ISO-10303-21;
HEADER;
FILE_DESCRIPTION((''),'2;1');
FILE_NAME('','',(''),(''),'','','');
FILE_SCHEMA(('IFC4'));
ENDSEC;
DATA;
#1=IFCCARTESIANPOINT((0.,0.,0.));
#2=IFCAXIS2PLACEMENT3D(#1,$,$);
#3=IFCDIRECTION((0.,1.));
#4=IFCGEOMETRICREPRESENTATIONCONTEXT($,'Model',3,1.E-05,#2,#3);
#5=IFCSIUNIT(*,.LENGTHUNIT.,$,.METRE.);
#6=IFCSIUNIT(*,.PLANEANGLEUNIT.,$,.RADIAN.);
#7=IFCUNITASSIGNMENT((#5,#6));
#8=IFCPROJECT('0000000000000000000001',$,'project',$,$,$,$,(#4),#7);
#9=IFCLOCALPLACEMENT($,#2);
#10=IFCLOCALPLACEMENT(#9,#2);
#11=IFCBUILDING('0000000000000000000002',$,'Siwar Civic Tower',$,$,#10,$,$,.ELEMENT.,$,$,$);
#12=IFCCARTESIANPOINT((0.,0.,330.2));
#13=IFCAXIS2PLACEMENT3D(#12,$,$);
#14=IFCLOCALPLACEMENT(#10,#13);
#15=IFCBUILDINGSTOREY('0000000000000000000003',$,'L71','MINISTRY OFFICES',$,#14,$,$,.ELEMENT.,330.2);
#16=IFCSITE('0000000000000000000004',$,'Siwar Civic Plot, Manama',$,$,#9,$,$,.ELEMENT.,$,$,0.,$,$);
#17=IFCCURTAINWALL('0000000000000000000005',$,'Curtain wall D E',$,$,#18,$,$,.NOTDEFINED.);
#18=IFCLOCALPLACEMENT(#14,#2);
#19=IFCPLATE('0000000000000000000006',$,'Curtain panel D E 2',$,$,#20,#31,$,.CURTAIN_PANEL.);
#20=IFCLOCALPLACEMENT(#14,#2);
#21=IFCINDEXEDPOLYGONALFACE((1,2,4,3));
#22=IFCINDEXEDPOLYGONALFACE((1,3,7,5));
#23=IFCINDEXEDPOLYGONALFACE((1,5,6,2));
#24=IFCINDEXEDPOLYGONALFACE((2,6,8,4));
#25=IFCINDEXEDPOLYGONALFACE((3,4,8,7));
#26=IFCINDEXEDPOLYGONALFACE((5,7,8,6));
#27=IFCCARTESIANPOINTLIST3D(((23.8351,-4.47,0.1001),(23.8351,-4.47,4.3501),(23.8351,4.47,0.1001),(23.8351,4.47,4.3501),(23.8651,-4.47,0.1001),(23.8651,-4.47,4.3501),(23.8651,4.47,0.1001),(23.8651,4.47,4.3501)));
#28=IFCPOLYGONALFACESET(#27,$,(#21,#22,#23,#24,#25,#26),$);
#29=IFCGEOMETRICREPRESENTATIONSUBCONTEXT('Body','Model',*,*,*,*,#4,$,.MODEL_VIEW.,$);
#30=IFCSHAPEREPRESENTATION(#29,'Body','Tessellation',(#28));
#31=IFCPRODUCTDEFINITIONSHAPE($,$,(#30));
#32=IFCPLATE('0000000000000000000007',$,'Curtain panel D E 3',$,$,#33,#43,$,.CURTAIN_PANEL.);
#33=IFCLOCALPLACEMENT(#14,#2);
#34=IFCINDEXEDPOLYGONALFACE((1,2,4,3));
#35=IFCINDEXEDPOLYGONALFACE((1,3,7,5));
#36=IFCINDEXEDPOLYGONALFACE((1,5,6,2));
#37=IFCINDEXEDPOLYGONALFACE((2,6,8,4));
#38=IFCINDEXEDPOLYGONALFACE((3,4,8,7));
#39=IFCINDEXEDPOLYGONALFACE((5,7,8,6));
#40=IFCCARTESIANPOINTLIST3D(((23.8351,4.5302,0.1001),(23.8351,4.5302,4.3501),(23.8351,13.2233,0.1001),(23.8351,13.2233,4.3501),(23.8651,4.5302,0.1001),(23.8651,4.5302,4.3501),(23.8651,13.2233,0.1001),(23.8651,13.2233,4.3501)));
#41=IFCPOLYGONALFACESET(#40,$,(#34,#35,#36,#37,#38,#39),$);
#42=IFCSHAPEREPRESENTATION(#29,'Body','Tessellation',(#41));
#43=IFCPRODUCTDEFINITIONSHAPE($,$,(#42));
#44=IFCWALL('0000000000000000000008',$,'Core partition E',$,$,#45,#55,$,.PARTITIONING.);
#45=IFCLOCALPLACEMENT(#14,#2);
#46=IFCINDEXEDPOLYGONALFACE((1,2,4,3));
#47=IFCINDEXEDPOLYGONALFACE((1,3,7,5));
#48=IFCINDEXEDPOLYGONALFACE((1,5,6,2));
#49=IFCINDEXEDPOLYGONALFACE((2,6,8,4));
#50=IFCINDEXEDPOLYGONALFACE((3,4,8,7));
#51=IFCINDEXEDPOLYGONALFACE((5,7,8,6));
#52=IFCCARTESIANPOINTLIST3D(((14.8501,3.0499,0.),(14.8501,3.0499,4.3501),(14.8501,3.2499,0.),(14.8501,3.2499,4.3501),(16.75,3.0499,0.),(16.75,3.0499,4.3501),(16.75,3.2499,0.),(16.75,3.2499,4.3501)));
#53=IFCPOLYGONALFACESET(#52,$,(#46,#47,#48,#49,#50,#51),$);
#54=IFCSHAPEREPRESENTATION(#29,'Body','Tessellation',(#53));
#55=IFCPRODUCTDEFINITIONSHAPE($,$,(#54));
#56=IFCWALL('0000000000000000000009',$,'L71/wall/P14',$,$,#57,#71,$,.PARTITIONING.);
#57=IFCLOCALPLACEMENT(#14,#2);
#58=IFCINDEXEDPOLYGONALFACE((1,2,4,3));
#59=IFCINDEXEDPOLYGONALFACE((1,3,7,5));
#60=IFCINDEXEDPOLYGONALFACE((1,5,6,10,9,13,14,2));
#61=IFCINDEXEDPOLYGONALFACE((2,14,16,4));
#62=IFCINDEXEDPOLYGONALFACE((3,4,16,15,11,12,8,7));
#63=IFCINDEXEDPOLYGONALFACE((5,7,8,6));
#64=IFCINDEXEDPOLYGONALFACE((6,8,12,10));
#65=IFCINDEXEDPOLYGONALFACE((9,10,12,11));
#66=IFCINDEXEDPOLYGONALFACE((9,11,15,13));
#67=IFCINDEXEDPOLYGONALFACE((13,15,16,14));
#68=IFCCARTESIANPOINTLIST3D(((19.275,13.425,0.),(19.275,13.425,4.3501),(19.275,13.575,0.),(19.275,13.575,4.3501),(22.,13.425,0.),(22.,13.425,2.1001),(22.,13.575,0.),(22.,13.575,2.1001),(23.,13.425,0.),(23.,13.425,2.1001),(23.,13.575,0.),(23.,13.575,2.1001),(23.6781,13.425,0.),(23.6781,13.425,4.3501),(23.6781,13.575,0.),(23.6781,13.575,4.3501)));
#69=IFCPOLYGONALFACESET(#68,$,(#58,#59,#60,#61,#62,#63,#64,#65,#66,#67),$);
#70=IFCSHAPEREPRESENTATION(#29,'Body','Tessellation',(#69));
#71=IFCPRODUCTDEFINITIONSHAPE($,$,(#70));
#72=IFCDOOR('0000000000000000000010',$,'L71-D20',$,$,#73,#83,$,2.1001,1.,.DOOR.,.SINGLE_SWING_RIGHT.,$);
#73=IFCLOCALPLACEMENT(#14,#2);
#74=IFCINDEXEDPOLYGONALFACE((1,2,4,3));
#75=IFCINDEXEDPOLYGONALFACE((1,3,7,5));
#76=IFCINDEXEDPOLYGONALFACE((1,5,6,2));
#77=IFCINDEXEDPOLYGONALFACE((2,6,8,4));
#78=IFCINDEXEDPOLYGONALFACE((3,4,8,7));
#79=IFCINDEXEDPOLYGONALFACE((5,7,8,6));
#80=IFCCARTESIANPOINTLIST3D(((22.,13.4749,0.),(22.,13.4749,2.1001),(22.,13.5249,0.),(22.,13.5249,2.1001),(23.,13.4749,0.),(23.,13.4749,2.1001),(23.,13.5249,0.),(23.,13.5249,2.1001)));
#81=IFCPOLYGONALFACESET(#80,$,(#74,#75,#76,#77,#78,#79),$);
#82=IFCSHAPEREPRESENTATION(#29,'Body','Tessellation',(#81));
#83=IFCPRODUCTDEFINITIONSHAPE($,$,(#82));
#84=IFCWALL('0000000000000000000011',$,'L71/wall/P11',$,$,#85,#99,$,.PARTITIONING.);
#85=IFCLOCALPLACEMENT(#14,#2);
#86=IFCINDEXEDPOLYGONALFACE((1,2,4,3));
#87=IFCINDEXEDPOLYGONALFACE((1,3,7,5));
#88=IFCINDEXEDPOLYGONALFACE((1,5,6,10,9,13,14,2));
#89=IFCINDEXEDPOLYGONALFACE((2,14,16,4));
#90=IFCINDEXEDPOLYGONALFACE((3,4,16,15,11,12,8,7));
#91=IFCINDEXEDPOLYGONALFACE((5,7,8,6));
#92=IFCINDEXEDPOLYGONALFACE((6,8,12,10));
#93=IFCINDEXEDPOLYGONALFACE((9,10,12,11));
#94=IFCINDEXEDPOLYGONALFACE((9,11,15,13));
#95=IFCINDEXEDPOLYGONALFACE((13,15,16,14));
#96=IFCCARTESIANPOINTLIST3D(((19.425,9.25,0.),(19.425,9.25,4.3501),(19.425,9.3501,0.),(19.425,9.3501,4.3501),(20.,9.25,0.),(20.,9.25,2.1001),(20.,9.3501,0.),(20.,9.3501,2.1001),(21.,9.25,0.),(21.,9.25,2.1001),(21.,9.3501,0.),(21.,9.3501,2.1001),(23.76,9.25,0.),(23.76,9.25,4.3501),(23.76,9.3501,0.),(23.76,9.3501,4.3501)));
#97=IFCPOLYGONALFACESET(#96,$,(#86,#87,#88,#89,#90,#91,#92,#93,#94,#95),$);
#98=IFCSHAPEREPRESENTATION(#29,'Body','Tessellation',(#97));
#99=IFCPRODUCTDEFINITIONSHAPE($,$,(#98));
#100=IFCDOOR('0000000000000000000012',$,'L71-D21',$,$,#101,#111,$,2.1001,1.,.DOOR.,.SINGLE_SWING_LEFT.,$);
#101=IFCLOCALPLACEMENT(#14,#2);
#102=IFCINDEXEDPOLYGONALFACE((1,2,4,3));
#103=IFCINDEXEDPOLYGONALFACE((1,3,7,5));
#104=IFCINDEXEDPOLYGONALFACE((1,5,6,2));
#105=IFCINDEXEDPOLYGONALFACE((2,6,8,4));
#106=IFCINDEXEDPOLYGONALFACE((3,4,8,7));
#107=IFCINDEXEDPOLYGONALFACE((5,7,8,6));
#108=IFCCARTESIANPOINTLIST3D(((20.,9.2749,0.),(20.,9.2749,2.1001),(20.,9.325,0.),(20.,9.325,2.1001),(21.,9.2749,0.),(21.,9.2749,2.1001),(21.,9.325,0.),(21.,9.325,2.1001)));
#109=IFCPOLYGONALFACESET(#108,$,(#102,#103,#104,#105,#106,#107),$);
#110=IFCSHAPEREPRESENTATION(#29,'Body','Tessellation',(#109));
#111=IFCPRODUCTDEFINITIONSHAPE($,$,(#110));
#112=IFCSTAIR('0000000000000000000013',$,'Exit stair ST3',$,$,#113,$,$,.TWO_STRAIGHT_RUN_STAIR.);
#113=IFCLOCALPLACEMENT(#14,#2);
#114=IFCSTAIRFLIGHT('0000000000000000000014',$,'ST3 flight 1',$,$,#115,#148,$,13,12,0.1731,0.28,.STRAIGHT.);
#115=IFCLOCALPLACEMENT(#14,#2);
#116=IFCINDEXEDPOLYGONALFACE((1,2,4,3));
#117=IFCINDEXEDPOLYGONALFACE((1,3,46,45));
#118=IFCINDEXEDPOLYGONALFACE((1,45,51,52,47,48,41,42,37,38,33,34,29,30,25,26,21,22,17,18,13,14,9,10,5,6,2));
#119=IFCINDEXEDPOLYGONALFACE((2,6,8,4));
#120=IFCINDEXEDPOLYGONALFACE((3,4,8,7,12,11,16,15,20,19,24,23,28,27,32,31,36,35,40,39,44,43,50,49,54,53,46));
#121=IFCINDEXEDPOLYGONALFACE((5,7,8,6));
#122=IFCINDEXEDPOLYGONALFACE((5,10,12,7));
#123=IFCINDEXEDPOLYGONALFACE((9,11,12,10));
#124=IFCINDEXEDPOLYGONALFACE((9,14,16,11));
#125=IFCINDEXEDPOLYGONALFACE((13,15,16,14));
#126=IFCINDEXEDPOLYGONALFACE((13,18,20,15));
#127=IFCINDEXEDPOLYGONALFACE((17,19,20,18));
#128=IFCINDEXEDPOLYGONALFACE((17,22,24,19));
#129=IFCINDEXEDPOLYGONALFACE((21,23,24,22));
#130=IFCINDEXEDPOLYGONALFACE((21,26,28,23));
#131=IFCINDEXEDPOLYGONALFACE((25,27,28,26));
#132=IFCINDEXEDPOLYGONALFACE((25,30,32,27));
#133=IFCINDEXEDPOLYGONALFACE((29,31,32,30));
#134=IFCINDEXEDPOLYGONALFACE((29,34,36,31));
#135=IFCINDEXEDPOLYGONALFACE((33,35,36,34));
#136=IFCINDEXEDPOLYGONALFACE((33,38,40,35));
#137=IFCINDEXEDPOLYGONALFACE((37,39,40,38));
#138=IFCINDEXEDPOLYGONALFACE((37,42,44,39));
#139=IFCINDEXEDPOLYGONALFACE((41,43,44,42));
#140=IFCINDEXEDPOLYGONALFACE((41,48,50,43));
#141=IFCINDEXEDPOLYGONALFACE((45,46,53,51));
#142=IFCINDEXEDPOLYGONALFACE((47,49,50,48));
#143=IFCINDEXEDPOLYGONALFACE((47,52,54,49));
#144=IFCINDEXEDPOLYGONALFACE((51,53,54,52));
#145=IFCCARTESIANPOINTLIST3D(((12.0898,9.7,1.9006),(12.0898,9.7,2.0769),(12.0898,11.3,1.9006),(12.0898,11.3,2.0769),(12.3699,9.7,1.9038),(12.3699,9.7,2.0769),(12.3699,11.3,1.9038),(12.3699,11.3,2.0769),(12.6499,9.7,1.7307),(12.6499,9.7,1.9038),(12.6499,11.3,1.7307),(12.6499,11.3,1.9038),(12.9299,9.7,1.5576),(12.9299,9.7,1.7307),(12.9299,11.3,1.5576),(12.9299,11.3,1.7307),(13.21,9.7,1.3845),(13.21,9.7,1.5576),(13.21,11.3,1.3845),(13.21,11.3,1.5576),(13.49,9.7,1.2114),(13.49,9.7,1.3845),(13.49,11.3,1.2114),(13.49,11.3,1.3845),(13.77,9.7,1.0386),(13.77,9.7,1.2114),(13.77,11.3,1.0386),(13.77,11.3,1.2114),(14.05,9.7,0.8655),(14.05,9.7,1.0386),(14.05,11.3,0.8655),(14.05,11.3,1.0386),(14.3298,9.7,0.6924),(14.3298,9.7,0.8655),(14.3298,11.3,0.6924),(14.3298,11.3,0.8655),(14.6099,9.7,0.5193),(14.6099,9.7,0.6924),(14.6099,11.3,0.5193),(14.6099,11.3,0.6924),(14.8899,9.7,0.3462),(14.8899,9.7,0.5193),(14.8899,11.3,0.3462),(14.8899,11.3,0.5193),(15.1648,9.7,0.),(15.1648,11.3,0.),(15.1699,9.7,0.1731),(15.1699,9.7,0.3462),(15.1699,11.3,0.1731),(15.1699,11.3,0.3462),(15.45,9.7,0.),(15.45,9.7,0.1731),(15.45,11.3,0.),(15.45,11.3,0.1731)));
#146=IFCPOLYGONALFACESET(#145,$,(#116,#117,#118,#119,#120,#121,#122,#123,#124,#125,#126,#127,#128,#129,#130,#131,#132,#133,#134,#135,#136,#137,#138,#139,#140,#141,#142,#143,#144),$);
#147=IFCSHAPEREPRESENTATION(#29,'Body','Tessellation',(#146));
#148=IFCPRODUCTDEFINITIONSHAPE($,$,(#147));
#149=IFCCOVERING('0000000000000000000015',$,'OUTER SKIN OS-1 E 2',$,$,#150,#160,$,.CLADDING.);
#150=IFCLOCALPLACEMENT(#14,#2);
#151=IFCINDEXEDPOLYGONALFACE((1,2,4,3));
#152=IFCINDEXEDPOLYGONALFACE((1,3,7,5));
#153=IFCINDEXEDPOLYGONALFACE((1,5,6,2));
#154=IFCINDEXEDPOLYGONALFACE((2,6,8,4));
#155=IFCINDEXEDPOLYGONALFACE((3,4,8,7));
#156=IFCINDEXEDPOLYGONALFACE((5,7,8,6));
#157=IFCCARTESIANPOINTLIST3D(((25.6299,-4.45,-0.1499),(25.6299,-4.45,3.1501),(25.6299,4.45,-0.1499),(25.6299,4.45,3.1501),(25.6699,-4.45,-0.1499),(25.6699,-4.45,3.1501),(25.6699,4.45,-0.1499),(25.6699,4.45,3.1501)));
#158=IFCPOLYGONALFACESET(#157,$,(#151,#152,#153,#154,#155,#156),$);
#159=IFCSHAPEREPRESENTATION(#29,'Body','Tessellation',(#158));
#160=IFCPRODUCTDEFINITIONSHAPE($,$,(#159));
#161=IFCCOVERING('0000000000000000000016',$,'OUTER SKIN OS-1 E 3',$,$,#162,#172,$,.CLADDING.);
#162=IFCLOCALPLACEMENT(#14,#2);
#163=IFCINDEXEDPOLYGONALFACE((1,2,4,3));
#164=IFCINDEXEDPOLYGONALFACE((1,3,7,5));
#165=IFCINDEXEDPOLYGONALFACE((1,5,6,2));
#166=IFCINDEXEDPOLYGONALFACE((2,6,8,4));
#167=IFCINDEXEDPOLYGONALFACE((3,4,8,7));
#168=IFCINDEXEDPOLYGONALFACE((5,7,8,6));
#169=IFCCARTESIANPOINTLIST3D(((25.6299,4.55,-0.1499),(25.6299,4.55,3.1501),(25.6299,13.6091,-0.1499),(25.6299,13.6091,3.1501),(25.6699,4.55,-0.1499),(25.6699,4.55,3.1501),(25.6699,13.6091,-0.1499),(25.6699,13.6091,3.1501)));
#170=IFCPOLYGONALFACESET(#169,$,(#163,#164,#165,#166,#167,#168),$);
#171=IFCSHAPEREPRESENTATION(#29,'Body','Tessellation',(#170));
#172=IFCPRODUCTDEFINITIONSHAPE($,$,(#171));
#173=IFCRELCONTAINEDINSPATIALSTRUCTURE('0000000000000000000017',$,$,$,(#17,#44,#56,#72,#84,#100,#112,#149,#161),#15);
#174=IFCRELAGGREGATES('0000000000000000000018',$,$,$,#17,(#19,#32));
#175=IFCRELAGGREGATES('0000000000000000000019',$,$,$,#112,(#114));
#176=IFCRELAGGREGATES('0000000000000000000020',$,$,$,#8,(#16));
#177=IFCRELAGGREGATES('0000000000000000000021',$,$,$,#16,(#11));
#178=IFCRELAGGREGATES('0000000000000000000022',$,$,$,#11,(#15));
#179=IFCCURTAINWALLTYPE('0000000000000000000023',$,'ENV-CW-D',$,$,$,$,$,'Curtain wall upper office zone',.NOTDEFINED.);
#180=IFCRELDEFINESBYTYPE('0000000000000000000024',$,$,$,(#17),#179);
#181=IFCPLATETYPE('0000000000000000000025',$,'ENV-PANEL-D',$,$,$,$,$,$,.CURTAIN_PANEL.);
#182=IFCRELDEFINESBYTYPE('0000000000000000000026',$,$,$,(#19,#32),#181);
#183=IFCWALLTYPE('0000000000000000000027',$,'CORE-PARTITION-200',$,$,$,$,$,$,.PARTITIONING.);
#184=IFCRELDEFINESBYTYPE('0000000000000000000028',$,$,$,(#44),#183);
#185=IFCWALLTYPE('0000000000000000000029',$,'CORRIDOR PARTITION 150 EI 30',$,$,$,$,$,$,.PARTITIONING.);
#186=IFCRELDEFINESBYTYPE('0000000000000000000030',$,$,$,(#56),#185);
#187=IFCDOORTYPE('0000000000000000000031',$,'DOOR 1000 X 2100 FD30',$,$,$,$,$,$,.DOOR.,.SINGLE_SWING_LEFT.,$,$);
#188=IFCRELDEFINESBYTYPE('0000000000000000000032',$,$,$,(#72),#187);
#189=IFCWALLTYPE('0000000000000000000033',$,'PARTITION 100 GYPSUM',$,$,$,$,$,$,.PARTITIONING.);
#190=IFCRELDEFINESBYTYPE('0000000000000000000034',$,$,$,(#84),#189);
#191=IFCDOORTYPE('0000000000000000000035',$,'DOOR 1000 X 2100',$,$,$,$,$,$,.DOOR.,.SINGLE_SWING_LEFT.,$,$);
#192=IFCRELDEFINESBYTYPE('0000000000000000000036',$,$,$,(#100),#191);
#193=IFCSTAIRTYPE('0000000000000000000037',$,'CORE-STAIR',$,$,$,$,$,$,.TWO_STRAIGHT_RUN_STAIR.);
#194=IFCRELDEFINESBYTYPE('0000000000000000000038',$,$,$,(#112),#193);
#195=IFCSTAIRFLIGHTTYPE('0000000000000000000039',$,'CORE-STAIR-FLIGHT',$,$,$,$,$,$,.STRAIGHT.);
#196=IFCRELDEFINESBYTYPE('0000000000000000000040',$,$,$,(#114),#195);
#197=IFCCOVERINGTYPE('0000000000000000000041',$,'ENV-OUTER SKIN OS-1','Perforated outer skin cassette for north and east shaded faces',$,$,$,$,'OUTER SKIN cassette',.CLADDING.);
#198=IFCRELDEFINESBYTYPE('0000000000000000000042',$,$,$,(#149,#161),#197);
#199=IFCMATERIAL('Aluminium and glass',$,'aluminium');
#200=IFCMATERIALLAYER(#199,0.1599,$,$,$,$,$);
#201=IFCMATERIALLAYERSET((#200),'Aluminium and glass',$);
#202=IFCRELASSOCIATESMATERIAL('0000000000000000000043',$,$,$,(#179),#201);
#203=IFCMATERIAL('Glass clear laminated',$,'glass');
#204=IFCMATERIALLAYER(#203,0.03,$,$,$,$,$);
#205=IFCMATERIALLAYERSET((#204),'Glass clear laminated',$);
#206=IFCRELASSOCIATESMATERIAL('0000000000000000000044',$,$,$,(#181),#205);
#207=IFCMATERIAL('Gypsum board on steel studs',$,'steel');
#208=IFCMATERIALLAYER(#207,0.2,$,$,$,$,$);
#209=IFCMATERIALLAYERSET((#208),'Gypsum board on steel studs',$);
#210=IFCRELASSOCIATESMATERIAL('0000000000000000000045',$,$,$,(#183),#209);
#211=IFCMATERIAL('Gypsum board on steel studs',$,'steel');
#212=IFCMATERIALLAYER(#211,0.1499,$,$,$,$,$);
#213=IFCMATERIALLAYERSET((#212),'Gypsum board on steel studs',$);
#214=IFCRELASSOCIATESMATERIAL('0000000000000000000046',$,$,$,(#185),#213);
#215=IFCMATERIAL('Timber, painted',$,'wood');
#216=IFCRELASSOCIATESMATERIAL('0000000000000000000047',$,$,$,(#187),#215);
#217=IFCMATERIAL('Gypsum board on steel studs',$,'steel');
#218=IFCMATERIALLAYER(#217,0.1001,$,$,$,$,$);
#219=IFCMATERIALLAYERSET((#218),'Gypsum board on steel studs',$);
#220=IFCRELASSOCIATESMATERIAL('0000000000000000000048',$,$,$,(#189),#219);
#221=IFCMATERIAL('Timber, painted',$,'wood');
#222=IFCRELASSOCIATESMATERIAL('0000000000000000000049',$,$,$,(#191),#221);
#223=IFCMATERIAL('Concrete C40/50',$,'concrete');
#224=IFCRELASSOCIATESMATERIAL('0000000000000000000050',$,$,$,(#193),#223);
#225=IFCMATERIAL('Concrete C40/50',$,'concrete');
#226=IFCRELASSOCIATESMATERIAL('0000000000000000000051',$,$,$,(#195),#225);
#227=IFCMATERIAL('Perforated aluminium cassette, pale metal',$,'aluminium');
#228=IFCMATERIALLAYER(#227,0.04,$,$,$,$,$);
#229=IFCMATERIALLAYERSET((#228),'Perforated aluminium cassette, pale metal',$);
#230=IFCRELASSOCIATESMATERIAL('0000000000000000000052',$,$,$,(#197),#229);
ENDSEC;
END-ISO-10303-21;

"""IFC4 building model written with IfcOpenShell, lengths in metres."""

from ifc_helpers import new_model, si_unit, direction, frame, frame_2d, origin, origin_2d, place, context, subcontext, project, spatial, polyline, rectangle, outline, extrude, material, layer, layer_set, type_object, element, fill, aggregate, save


model = new_model("IFC4")

# Units and contexts
model_context = context("Model", 3, precision=1e-05, world=origin(), true_north=direction((0.0, 1.0)))
body_context = subcontext(model_context, "Body", "Model", "MODEL_VIEW")
ifc_project = project(units=[si_unit("LENGTHUNIT", "METRE"), si_unit("PLANEANGLEUNIT", "RADIAN")], contexts=[model_context])

# Site, building, storey
site_placement = place(None, origin())
site = spatial("IfcSite", under=ifc_project, at=site_placement, Name="Siwar Civic Plot, Manama", CompositionType="ELEMENT", RefElevation=0.0)
building_placement = place(site_placement, origin())
building = spatial("IfcBuilding", under=site, at=building_placement, Name="Siwar Civic Tower", CompositionType="ELEMENT")
storey_placement = place(building_placement, frame((0.0, 0.0, 330.2)))
storey = spatial("IfcBuildingStorey", under=building, at=storey_placement, Name="L71", Description="MINISTRY OFFICES", CompositionType="ELEMENT", Elevation=330.2)

# Curtain wall
ifc_material_1 = material(Name="Aluminium and glass", Category="aluminium")
ifc_layer_1 = layer(ifc_material_1, 0.1599)
ifc_layer_set_1 = layer_set([ifc_layer_1], Name="Aluminium and glass")
curtain_wall_type_1 = type_object("IfcCurtainWallType", Name="ENV-CW-D", ElementType="Curtain wall upper office zone", PredefinedType="NOTDEFINED", material=ifc_layer_set_1)
curtain_wall_1_placement = place(storey_placement, origin())
curtain_wall_1 = element("IfcCurtainWall", 1, at=curtain_wall_1_placement, inside=storey, type_object=curtain_wall_type_1, Name="Curtain wall D E", PredefinedType="NOTDEFINED")

# Plates
ifc_material_2 = material(Name="Glass clear laminated", Category="glass")
ifc_layer_2 = layer(ifc_material_2, 0.03)
ifc_layer_set_2 = layer_set([ifc_layer_2], Name="Glass clear laminated")
plate_type = type_object("IfcPlateType", Name="ENV-PANEL-D", PredefinedType="CURTAIN_PANEL", material=ifc_layer_set_2)
plate_1_placement = place(storey_placement, frame((23.8501, 0.0, 0.1001), z_axis=(0.0, 0.0, 1.0), x_axis=(0.0, 1.0, 0.0)))
plate_1 = element("IfcPlate", 2, at=plate_1_placement, type_object=plate_type, Name="Curtain panel D E 2", PredefinedType="CURTAIN_PANEL", context=body_context, shape_type="SweptSolid", body=[
    extrude(rectangle(XDim=8.9399, YDim=0.03, at=origin_2d()), origin(), (0.0, 0.0, 1.0), 4.25),
])
plate_2_placement = place(storey_placement, frame((23.8501, 8.8767, 0.1001), z_axis=(0.0, 0.0, 1.0), x_axis=(0.0, 1.0, 0.0)))
plate_2 = element("IfcPlate", 3, at=plate_2_placement, type_object=plate_type, Name="Curtain panel D E 3", PredefinedType="CURTAIN_PANEL", context=body_context, shape_type="SweptSolid", body=[
    extrude(rectangle(XDim=8.6931, YDim=0.03, at=origin_2d()), origin(), (0.0, 0.0, 1.0), 4.25),
])
aggregate(curtain_wall_1, [plate_1, plate_2])

# Wall
ifc_material_3 = material(Name="Gypsum board on steel studs", Category="steel")
ifc_layer_3 = layer(ifc_material_3, 0.2)
ifc_layer_set_3 = layer_set([ifc_layer_3], Name="Gypsum board on steel studs")
wall_type_1 = type_object("IfcWallType", Name="CORE-PARTITION-200", PredefinedType="PARTITIONING", material=ifc_layer_set_3)
wall_1_placement = place(storey_placement, frame((14.8501, 3.1499, 0.0), z_axis=(0.0, 0.0, 1.0), x_axis=(1.0, 0.0, 0.0)))
element("IfcWall", 4, at=wall_1_placement, inside=storey, type_object=wall_type_1, Name="Core partition E", PredefinedType="PARTITIONING", context=body_context, shape_type="SweptSolid", body=[
    extrude(rectangle(XDim=1.8999, YDim=0.2, at=frame_2d((0.95, 0.0))), origin(), (0.0, 0.0, 1.0), 4.3501),
])

# Walls, openings, doors
ifc_material_4 = material(Name="Gypsum board on steel studs", Category="steel")
ifc_layer_4 = layer(ifc_material_4, 0.1499)
ifc_layer_set_4 = layer_set([ifc_layer_4], Name="Gypsum board on steel studs")
wall_type_2 = type_object("IfcWallType", Name="CORRIDOR PARTITION 150 EI 30", PredefinedType="PARTITIONING", material=ifc_layer_set_4)
wall_2_placement = place(storey_placement, frame((19.2749, 13.5, 0.0), z_axis=(0.0, 0.0, 1.0), x_axis=(1.0, 0.0, 0.0)))
wall_2 = element("IfcWall", 5, at=wall_2_placement, inside=storey, type_object=wall_type_2, Name="L71/wall/P14", PredefinedType="PARTITIONING", context=body_context, shape_type="SweptSolid", body=[
    extrude(rectangle(XDim=4.4031, YDim=0.1499, at=frame_2d((2.2017, 0.0))), origin(), (0.0, 0.0, 1.0), 4.3501),
])
opening_1_placement = place(wall_2_placement, frame((2.7251, 0.0, 0.0)))
opening_1 = element("IfcOpeningElement", 6, at=opening_1_placement, cuts=wall_2, PredefinedType="OPENING", context=body_context, shape_type="SweptSolid", body=[
    extrude(rectangle(XDim=1.0, YDim=2.1001, at=frame_2d((0.5, 1.05))), frame((0.0, 0.085, 0.0), z_axis=(0.0, -1.0, 0.0), x_axis=(1.0, 0.0, 0.0)), (0.0, 0.0, 1.0), 0.1699),
])
ifc_material_5 = material(Name="Timber, painted", Category="wood")
door_type_1 = type_object("IfcDoorType", Name="DOOR 1000 X 2100 FD30", OperationType="SINGLE_SWING_LEFT", PredefinedType="DOOR", material=ifc_material_5)
door_1_placement = place(opening_1_placement, origin())
door_1 = element("IfcDoor", 7, at=door_1_placement, inside=storey, type_object=door_type_1, Name="L71-D20", OperationType="SINGLE_SWING_RIGHT", OverallHeight=2.1001, OverallWidth=1.0, PredefinedType="DOOR", context=body_context, shape_type="SweptSolid", body=[
    extrude(rectangle(XDim=1.0, YDim=2.1001, at=frame_2d((0.5, 1.05))), frame((0.0, 0.0249, 0.0), z_axis=(0.0, -1.0, 0.0), x_axis=(1.0, 0.0, 0.0)), (0.0, 0.0, 1.0), 0.05),
])
fill(opening_1, door_1)
ifc_material_6 = material(Name="Gypsum board on steel studs", Category="steel")
ifc_layer_5 = layer(ifc_material_6, 0.1001)
ifc_layer_set_5 = layer_set([ifc_layer_5], Name="Gypsum board on steel studs")
wall_type_3 = type_object("IfcWallType", Name="PARTITION 100 GYPSUM", PredefinedType="PARTITIONING", material=ifc_layer_set_5)
wall_3_placement = place(storey_placement, frame((19.425, 9.3, 0.0), z_axis=(0.0, 0.0, 1.0), x_axis=(1.0, 0.0, 0.0)))
wall_3 = element("IfcWall", 8, at=wall_3_placement, inside=storey, type_object=wall_type_3, Name="L71/wall/P11", PredefinedType="PARTITIONING", context=body_context, shape_type="SweptSolid", body=[
    extrude(rectangle(XDim=4.335, YDim=0.1001, at=frame_2d((2.1675, 0.0))), origin(), (0.0, 0.0, 1.0), 4.3501),
])
opening_2_placement = place(wall_3_placement, frame((0.575, 0.0, 0.0)))
opening_2 = element("IfcOpeningElement", 9, at=opening_2_placement, cuts=wall_3, PredefinedType="OPENING", context=body_context, shape_type="SweptSolid", body=[
    extrude(rectangle(XDim=1.0, YDim=2.1001, at=frame_2d((0.5, 1.05))), frame((0.0, 0.0601, 0.0), z_axis=(0.0, -1.0, 0.0), x_axis=(1.0, 0.0, 0.0)), (0.0, 0.0, 1.0), 0.1201),
])
ifc_material_7 = material(Name="Timber, painted", Category="wood")
door_type_2 = type_object("IfcDoorType", Name="DOOR 1000 X 2100", OperationType="SINGLE_SWING_LEFT", PredefinedType="DOOR", material=ifc_material_7)
door_2_placement = place(opening_2_placement, origin())
door_2 = element("IfcDoor", 10, at=door_2_placement, inside=storey, type_object=door_type_2, Name="L71-D21", OperationType="SINGLE_SWING_LEFT", OverallHeight=2.1001, OverallWidth=1.0, PredefinedType="DOOR", context=body_context, shape_type="SweptSolid", body=[
    extrude(rectangle(XDim=1.0, YDim=2.1001, at=frame_2d((0.5, 1.05))), frame((0.0, 0.0249, 0.0), z_axis=(0.0, -1.0, 0.0), x_axis=(1.0, 0.0, 0.0)), (0.0, 0.0, 1.0), 0.05),
])
fill(opening_2, door_2)

# Stair, stair flight
ifc_material_8 = material(Name="Concrete C40/50", Category="concrete")
stair_type = type_object("IfcStairType", Name="CORE-STAIR", PredefinedType="TWO_STRAIGHT_RUN_STAIR", material=ifc_material_8)
stair_placement = place(storey_placement, origin())
stair = element("IfcStair", 11, at=stair_placement, inside=storey, type_object=stair_type, Name="Exit stair ST3", PredefinedType="TWO_STRAIGHT_RUN_STAIR")
ifc_material_9 = material(Name="Concrete C40/50", Category="concrete")
stair_flight_type = type_object("IfcStairFlightType", Name="CORE-STAIR-FLIGHT", PredefinedType="STRAIGHT", material=ifc_material_9)
stair_flight_placement = place(storey_placement, frame((15.45, 10.5, 0.0), z_axis=(0.0, 0.0, 1.0), x_axis=(-1.0, 0.0, 0.0)))
stair_flight = element("IfcStairFlight", 12, at=stair_flight_placement, type_object=stair_flight_type, Name="ST3 flight 1", NumberOfRisers=13, NumberOfTreads=12, PredefinedType="STRAIGHT", RiserHeight=0.1731, TreadLength=0.28, context=body_context, shape_type="SweptSolid", body=[
    extrude(outline(polyline([(0.0, 0.0), (0.0, 0.1731), (0.28, 0.1731), (0.28, 0.3462), (0.5601, 0.3462), (0.5601, 0.5193), (0.8401, 0.5193), (0.8401, 0.6924), (1.1201, 0.6924), (1.1201, 0.8655), (1.3999, 0.8655), (1.3999, 1.0386), (1.6799, 1.0386), (1.6799, 1.2114), (1.96, 1.2114), (1.96, 1.3845), (2.24, 1.3845), (2.24, 1.5576), (2.52, 1.5576), (2.52, 1.7307), (2.8, 1.7307), (2.8, 1.9038), (3.0801, 1.9038), (3.0801, 2.0769), (3.3601, 2.0769), (3.3601, 2.25), (3.3601, 1.9006), (0.2852, 0.0), (0.0, 0.0)])), frame((0.0, 0.8, 0.0), z_axis=(0.0, -1.0, 0.0), x_axis=(1.0, 0.0, 0.0)), (0.0, 0.0, 1.0), 1.6001),
])
aggregate(stair, [stair_flight])

# Coverings
ifc_material_10 = material(Name="Perforated aluminium cassette, pale metal", Category="aluminium")
ifc_layer_6 = layer(ifc_material_10, 0.04)
ifc_layer_set_6 = layer_set([ifc_layer_6], Name="Perforated aluminium cassette, pale metal")
covering_type = type_object("IfcCoveringType", Name="ENV-OUTER SKIN OS-1", Description="Perforated outer skin cassette for north and east shaded faces", ElementType="OUTER SKIN cassette", PredefinedType="CLADDING", material=ifc_layer_set_6)
covering_1_placement = place(storey_placement, frame((25.6499, 0.0, -0.1499), z_axis=(0.0, 0.0, 1.0), x_axis=(0.0, 1.0, 0.0)))
element("IfcCovering", 13, at=covering_1_placement, inside=storey, type_object=covering_type, Name="OUTER SKIN OS-1 E 2", PredefinedType="CLADDING", context=body_context, shape_type="SweptSolid", body=[
    extrude(rectangle(XDim=8.8999, YDim=0.04, at=origin_2d()), origin(), (0.0, 0.0, 1.0), 3.3),
])
covering_2_placement = place(storey_placement, frame((25.6499, 9.0796, -0.1499), z_axis=(0.0, 0.0, 1.0), x_axis=(0.0, 1.0, 0.0)))
element("IfcCovering", 14, at=covering_2_placement, inside=storey, type_object=covering_type, Name="OUTER SKIN OS-1 E 3", PredefinedType="CLADDING", context=body_context, shape_type="SweptSolid", body=[
    extrude(rectangle(XDim=9.0591, YDim=0.04, at=origin_2d()), origin(), (0.0, 0.0, 1.0), 3.3),
])

save(model, "model.ifc")
